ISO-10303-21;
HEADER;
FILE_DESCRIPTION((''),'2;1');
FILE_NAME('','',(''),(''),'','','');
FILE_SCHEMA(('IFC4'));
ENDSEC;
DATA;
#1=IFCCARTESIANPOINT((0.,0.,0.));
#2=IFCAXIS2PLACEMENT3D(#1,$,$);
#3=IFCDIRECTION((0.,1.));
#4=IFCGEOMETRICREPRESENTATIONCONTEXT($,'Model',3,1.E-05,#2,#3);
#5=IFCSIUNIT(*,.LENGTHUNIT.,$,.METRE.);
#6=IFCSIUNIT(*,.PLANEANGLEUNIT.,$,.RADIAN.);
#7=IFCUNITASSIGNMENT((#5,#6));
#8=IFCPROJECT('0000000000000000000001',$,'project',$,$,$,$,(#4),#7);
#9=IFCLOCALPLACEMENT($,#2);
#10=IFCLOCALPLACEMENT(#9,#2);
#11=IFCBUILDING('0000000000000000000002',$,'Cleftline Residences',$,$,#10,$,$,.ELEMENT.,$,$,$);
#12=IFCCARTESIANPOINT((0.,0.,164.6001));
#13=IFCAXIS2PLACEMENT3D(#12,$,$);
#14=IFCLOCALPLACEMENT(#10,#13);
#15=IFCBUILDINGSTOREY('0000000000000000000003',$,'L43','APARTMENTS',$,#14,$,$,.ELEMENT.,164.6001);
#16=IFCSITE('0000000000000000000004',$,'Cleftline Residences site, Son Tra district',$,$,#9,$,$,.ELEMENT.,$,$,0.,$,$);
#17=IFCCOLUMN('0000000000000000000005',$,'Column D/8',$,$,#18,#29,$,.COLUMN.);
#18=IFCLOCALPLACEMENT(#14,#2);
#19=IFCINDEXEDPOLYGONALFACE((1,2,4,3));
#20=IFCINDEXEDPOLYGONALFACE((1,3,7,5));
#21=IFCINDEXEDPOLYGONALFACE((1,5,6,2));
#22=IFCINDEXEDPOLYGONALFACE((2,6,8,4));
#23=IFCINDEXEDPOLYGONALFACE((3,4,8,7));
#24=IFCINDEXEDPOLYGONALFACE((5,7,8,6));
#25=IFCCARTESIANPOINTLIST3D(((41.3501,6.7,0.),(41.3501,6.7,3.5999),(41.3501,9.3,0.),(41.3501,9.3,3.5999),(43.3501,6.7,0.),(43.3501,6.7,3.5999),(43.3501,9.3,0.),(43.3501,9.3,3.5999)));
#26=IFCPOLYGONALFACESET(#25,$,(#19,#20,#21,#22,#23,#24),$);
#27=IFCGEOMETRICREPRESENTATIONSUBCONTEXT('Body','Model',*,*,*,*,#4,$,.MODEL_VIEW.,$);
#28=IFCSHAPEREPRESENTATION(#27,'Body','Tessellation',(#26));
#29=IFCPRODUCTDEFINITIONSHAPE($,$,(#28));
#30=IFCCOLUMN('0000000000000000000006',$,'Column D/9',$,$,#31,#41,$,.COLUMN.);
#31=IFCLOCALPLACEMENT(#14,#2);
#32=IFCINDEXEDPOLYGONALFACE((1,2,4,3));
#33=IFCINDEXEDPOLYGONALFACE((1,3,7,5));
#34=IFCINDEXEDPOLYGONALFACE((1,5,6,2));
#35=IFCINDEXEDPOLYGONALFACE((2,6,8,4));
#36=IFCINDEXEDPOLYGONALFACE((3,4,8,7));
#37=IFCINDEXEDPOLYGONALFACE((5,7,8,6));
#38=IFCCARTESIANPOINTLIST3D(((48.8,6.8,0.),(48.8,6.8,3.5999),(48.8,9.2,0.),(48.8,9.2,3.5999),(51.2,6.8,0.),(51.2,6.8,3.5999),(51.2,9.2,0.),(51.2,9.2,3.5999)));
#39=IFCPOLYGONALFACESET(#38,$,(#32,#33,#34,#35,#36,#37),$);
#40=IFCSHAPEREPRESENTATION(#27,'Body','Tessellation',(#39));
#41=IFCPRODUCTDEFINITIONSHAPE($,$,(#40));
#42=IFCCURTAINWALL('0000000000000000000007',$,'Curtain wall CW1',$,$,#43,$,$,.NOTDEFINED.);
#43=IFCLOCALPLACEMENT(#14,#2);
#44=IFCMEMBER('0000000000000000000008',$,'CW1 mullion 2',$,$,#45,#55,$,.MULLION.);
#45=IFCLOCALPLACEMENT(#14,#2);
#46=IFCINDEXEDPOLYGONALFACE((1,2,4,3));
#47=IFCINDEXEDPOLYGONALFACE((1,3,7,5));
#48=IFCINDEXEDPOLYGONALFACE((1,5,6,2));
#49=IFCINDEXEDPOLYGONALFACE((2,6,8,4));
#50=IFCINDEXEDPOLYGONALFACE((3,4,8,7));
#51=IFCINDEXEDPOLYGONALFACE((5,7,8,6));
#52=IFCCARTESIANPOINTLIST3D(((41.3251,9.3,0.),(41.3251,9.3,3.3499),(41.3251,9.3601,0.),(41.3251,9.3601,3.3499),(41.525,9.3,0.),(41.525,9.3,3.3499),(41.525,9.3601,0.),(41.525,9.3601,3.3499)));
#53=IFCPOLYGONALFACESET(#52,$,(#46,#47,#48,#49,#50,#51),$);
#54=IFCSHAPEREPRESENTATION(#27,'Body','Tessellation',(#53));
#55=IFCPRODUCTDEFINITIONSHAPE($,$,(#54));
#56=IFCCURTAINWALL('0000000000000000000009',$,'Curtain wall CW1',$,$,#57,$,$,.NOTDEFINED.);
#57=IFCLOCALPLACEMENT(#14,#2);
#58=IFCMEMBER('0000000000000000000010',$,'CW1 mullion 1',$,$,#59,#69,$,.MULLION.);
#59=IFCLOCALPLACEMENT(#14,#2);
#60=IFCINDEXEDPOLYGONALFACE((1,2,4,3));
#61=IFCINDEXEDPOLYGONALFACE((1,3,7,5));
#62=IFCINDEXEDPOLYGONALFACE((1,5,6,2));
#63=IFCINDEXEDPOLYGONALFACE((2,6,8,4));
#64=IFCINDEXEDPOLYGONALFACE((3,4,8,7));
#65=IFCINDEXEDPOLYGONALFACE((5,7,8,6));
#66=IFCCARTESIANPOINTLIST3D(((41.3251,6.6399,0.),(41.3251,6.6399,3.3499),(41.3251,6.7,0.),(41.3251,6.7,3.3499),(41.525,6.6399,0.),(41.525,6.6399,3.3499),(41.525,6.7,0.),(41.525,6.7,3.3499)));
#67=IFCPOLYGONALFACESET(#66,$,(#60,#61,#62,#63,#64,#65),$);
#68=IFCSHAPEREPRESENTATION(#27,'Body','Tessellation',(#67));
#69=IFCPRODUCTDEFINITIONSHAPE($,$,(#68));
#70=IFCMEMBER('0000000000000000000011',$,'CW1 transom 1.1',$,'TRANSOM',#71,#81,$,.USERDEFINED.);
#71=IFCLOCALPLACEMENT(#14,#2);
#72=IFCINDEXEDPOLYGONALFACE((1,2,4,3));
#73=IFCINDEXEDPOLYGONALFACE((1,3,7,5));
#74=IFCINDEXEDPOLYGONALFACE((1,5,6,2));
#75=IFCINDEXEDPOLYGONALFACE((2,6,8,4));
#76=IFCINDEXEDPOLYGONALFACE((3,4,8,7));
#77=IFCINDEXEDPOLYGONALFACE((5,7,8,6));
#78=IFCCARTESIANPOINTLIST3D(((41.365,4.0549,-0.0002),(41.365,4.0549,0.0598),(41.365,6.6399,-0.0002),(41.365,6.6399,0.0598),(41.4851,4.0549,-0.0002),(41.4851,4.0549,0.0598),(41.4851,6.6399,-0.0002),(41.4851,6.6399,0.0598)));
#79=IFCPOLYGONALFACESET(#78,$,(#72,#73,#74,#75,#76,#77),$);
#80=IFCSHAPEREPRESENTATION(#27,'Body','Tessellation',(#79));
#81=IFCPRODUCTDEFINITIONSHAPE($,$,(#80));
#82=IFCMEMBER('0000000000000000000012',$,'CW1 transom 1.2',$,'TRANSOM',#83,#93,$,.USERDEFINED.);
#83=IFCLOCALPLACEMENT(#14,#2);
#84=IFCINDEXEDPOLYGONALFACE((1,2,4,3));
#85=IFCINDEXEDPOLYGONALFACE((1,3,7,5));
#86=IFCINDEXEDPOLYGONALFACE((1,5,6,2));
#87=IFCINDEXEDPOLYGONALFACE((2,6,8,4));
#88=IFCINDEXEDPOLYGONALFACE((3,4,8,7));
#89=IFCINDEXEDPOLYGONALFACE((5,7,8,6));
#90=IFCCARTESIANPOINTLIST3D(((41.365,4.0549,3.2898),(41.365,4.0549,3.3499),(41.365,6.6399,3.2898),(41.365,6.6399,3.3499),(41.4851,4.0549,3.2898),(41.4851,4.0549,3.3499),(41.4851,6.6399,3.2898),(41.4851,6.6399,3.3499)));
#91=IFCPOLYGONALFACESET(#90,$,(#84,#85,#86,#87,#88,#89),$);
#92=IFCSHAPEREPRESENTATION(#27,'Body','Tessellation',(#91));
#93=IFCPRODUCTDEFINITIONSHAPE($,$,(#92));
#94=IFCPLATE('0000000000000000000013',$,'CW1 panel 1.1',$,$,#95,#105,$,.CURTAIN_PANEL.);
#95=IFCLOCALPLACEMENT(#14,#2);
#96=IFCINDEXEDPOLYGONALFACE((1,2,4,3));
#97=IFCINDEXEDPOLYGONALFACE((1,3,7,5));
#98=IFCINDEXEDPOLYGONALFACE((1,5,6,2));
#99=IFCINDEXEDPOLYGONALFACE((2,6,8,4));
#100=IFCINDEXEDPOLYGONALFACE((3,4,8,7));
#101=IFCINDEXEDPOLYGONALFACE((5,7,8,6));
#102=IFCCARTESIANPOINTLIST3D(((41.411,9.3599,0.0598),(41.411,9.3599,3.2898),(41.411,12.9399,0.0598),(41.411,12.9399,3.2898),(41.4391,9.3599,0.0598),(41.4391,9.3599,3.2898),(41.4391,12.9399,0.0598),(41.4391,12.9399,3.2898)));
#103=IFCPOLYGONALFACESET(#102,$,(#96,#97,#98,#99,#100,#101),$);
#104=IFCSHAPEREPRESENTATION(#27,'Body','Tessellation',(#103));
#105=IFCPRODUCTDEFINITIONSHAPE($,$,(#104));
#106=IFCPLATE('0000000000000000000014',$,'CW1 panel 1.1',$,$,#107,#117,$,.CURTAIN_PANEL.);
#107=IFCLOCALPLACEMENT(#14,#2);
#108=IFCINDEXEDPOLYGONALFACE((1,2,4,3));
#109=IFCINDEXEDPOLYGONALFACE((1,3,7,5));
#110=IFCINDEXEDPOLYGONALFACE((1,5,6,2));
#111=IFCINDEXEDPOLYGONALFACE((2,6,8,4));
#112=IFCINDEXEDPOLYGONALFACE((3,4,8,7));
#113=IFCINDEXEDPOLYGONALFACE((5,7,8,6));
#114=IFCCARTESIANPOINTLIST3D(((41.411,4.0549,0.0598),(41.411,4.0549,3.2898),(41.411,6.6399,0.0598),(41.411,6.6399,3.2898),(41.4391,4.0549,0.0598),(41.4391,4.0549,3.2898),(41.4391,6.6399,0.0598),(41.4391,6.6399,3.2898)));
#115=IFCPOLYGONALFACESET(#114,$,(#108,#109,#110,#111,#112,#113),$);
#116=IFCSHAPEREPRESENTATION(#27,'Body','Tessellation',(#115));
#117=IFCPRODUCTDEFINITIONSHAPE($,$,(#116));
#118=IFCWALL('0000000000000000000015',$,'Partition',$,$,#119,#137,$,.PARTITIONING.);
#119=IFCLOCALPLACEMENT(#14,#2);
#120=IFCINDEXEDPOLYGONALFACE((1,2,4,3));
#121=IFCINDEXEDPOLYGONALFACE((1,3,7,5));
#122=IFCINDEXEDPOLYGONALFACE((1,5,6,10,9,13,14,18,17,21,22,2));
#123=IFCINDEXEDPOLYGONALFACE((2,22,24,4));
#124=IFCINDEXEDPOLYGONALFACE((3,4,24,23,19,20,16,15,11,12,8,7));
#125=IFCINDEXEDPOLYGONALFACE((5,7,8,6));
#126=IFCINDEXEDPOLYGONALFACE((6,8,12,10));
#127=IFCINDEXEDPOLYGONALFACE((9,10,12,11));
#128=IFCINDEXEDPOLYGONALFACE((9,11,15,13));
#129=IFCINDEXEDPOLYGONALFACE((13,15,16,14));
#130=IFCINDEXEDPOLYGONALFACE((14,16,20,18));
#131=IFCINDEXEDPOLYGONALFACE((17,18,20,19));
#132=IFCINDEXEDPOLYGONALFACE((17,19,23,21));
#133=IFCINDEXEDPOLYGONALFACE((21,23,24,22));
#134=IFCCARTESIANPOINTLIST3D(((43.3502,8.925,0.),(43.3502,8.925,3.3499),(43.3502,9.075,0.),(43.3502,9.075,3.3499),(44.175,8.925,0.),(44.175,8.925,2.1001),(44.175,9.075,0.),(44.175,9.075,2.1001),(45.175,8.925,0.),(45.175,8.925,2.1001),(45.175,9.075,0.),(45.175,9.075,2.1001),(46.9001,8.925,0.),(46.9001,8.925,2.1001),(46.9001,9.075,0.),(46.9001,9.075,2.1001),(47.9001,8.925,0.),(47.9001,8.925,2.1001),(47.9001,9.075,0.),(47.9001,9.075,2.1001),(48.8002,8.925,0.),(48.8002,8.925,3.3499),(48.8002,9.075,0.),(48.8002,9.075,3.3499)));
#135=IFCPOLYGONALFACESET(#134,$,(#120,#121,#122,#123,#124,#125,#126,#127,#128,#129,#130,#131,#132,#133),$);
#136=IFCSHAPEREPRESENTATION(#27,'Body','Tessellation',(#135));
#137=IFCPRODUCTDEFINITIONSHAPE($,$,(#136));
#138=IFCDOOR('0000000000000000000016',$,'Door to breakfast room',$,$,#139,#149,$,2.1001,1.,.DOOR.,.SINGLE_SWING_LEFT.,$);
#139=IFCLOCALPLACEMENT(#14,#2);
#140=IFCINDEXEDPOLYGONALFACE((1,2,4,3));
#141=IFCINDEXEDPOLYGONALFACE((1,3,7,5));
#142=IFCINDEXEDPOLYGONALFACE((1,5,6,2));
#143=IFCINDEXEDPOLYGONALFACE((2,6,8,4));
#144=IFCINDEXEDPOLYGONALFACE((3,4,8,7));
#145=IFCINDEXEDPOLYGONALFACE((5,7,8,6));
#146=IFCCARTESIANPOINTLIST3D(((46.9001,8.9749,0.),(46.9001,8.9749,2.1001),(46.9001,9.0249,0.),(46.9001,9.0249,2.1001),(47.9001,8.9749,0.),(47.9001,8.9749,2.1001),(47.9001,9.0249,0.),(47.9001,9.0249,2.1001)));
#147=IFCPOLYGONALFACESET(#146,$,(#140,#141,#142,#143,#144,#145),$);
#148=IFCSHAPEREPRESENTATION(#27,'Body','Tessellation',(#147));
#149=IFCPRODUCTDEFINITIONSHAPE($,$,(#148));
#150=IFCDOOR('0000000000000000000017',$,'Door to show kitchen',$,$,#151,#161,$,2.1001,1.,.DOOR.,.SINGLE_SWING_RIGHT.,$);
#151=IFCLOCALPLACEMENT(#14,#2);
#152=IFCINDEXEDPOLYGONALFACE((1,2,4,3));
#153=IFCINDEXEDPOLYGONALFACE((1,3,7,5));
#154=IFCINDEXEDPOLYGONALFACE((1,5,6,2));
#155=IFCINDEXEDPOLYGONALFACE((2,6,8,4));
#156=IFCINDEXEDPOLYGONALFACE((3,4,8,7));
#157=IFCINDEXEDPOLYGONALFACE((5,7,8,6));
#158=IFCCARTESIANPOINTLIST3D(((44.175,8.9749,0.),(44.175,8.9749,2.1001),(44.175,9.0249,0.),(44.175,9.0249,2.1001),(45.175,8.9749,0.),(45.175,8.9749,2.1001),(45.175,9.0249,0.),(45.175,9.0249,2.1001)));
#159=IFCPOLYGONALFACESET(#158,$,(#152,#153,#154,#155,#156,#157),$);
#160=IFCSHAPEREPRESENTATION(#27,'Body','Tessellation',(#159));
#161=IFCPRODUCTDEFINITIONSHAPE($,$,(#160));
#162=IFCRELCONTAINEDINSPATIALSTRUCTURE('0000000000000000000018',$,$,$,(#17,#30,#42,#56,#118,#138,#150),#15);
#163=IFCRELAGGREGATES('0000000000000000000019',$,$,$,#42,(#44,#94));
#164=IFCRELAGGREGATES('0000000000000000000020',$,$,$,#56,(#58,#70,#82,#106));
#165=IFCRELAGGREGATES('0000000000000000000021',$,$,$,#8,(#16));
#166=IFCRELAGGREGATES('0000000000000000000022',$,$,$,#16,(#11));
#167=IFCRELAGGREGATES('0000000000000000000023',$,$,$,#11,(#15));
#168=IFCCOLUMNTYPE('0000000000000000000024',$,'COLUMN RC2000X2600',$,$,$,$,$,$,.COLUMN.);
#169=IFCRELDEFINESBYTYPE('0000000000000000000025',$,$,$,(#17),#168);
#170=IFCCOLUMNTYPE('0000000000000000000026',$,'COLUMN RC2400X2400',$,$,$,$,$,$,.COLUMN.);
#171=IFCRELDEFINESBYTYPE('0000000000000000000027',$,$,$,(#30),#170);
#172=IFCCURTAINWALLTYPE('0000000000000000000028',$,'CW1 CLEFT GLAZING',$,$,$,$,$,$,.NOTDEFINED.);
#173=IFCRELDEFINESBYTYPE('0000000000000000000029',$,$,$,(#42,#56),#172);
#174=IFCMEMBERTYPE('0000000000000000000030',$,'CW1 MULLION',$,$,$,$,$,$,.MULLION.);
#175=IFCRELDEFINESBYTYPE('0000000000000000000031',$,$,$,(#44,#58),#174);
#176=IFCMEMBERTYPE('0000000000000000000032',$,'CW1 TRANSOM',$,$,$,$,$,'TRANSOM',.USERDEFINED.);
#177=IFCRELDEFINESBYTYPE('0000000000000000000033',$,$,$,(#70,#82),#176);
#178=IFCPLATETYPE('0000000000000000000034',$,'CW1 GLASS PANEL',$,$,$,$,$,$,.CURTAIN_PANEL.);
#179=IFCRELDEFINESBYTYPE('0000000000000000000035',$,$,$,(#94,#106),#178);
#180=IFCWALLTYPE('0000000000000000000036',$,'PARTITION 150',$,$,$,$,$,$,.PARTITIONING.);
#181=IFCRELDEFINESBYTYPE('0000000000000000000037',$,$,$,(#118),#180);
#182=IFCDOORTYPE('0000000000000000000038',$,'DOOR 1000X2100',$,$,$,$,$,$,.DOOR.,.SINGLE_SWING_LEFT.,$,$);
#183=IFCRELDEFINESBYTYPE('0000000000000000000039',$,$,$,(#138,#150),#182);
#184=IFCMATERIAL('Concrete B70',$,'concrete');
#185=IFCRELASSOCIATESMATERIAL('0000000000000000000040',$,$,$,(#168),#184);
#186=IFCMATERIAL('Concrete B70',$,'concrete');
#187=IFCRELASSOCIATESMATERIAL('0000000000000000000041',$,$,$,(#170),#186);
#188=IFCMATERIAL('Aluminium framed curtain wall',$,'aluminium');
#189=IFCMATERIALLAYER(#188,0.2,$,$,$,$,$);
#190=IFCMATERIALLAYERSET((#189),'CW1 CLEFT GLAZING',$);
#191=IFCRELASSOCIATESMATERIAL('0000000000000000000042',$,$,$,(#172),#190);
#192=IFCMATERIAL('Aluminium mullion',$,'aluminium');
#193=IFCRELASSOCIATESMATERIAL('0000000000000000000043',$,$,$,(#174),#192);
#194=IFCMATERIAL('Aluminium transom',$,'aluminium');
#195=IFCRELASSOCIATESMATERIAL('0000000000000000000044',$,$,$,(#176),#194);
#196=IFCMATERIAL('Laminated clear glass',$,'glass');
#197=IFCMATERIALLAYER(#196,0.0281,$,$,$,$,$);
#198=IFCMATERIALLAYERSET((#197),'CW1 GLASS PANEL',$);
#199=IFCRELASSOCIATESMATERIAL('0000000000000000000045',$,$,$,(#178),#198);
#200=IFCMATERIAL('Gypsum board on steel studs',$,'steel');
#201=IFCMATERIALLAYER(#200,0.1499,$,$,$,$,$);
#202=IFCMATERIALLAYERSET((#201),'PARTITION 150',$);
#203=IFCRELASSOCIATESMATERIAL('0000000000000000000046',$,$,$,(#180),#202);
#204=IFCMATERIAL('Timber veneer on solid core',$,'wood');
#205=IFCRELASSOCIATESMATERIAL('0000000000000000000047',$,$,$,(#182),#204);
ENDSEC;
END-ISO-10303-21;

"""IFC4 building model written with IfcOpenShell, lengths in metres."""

from ifc_helpers import new_model, si_unit, direction, frame, frame_2d, origin, origin_2d, place, context, subcontext, project, spatial, rectangle, extrude, material, layer, layer_set, material_profile, profile_set, type_object, element, fill, aggregate, save


model = new_model("IFC4")

# Units and contexts
model_context = context("Model", 3, precision=1e-05, world=origin(), true_north=direction((0.0, 1.0)))
body_context = subcontext(model_context, "Body", "Model", "MODEL_VIEW")
ifc_project = project(units=[si_unit("LENGTHUNIT", "METRE"), si_unit("PLANEANGLEUNIT", "RADIAN")], contexts=[model_context])

# Site, building, storey
site_placement = place(None, origin())
site = spatial("IfcSite", under=ifc_project, at=site_placement, Name="Cleftline Residences site, Son Tra district", CompositionType="ELEMENT", RefElevation=0.0)
building_placement = place(site_placement, origin())
building = spatial("IfcBuilding", under=site, at=building_placement, Name="Cleftline Residences", CompositionType="ELEMENT")
storey_placement = place(building_placement, frame((0.0, 0.0, 164.6001)))
storey = spatial("IfcBuildingStorey", under=building, at=storey_placement, Name="L43", Description="APARTMENTS", CompositionType="ELEMENT", Elevation=164.6001)

# Columns
ifc_material_1 = material(Name="Concrete B70", Category="concrete")
ifc_material_profile_1 = material_profile(ifc_material_1, rectangle(XDim=2.0, YDim=2.6001, at=origin_2d()))
ifc_profile_set_1 = profile_set([ifc_material_profile_1], Name="Concrete B70")
column_type_1 = type_object("IfcColumnType", Name="COLUMN RC2000X2600", PredefinedType="COLUMN", material=ifc_profile_set_1)
column_1_placement = place(storey_placement, frame((42.3501, 8.0, 0.0), z_axis=(0.0, 0.0, 1.0), x_axis=(1.0, 0.0, 0.0)))
element("IfcColumn", 1, at=column_1_placement, inside=storey, type_object=column_type_1, Name="Column D/8", PredefinedType="COLUMN", context=body_context, shape_type="SweptSolid", body=[
    extrude(rectangle(XDim=2.0, YDim=2.6001, at=origin_2d()), origin(), (0.0, 0.0, 1.0), 3.5999),
])
ifc_material_2 = material(Name="Concrete B70", Category="concrete")
ifc_material_profile_2 = material_profile(ifc_material_2, rectangle(XDim=2.3999, YDim=2.3999, at=origin_2d()))
ifc_profile_set_2 = profile_set([ifc_material_profile_2], Name="Concrete B70")
column_type_2 = type_object("IfcColumnType", Name="COLUMN RC2400X2400", PredefinedType="COLUMN", material=ifc_profile_set_2)
column_2_placement = place(storey_placement, frame((50.0, 8.0, 0.0), z_axis=(0.0, 0.0, 1.0), x_axis=(1.0, 0.0, 0.0)))
element("IfcColumn", 2, at=column_2_placement, inside=storey, type_object=column_type_2, Name="Column D/9", PredefinedType="COLUMN", context=body_context, shape_type="SweptSolid", body=[
    extrude(rectangle(XDim=2.3999, YDim=2.3999, at=origin_2d()), origin(), (0.0, 0.0, 1.0), 3.5999),
])

# Curtain wall, member
ifc_material_3 = material(Name="Aluminium framed curtain wall", Category="aluminium")
ifc_layer_1 = layer(ifc_material_3, 0.2)
ifc_layer_set_1 = layer_set([ifc_layer_1], Name="CW1 CLEFT GLAZING")
curtain_wall_type = type_object("IfcCurtainWallType", Name="CW1 CLEFT GLAZING", PredefinedType="NOTDEFINED", material=ifc_layer_set_1)
curtain_wall_1_placement = place(storey_placement, origin())
curtain_wall_1 = element("IfcCurtainWall", 3, at=curtain_wall_1_placement, inside=storey, type_object=curtain_wall_type, Name="Curtain wall CW1", PredefinedType="NOTDEFINED")
ifc_material_4 = material(Name="Aluminium mullion", Category="aluminium")
ifc_material_profile_3 = material_profile(ifc_material_4, rectangle(XDim=0.2, YDim=0.0601, at=origin_2d()))
ifc_profile_set_3 = profile_set([ifc_material_profile_3], Name="Aluminium mullion")
member_type_1 = type_object("IfcMemberType", Name="CW1 MULLION", PredefinedType="MULLION", material=ifc_profile_set_3)
member_1_placement = place(storey_placement, frame((41.425, 9.3301, 0.0), z_axis=(0.0, 0.0, 1.0), x_axis=(1.0, 0.0, 0.0)))
member_1 = element("IfcMember", 4, at=member_1_placement, type_object=member_type_1, Name="CW1 mullion 2", PredefinedType="MULLION", context=body_context, shape_type="SweptSolid", body=[
    extrude(rectangle(XDim=0.2, YDim=0.0601, at=origin_2d()), origin(), (0.0, 0.0, 1.0), 3.3499),
])

# Curtain wall, members
curtain_wall_2_placement = place(storey_placement, origin())
curtain_wall_2 = element("IfcCurtainWall", 5, at=curtain_wall_2_placement, inside=storey, type_object=curtain_wall_type, Name="Curtain wall CW1", PredefinedType="NOTDEFINED")
member_2_placement = place(storey_placement, frame((41.425, 6.6699, 0.0), z_axis=(0.0, 0.0, 1.0), x_axis=(1.0, 0.0, 0.0)))
member_2 = element("IfcMember", 6, at=member_2_placement, type_object=member_type_1, Name="CW1 mullion 1", PredefinedType="MULLION", context=body_context, shape_type="SweptSolid", body=[
    extrude(rectangle(XDim=0.2, YDim=0.0601, at=origin_2d()), origin(), (0.0, 0.0, 1.0), 3.3499),
])
ifc_material_5 = material(Name="Aluminium transom", Category="aluminium")
ifc_material_profile_4 = material_profile(ifc_material_5, rectangle(XDim=0.1201, YDim=0.0601, at=origin_2d()))
ifc_profile_set_4 = profile_set([ifc_material_profile_4], Name="Aluminium transom")
member_type_2 = type_object("IfcMemberType", Name="CW1 TRANSOM", ElementType="TRANSOM", PredefinedType="USERDEFINED", material=ifc_profile_set_4)
member_3_placement = place(storey_placement, frame((41.425, 6.6399, 0.0298), z_axis=(0.0, -1.0, 0.0), x_axis=(1.0, 0.0, 0.0)))
member_3 = element("IfcMember", 7, at=member_3_placement, type_object=member_type_2, Name="CW1 transom 1.1", ObjectType="TRANSOM", PredefinedType="USERDEFINED", context=body_context, shape_type="SweptSolid", body=[
    extrude(rectangle(XDim=0.1201, YDim=0.0601, at=origin_2d()), origin(), (0.0, 0.0, 1.0), 2.585),
])
member_4_placement = place(storey_placement, frame((41.425, 6.6399, 3.3198), z_axis=(0.0, -1.0, 0.0), x_axis=(1.0, 0.0, 0.0)))
member_4 = element("IfcMember", 8, at=member_4_placement, type_object=member_type_2, Name="CW1 transom 1.2", ObjectType="TRANSOM", PredefinedType="USERDEFINED", context=body_context, shape_type="SweptSolid", body=[
    extrude(rectangle(XDim=0.1201, YDim=0.0601, at=origin_2d()), origin(), (0.0, 0.0, 1.0), 2.585),
])

# Plates
ifc_material_6 = material(Name="Laminated clear glass", Category="glass")
ifc_layer_2 = layer(ifc_material_6, 0.0281)
ifc_layer_set_2 = layer_set([ifc_layer_2], Name="CW1 GLASS PANEL")
plate_type = type_object("IfcPlateType", Name="CW1 GLASS PANEL", PredefinedType="CURTAIN_PANEL", material=ifc_layer_set_2)
plate_1_placement = place(storey_placement, frame((41.425, 11.1499, 0.0598), z_axis=(0.0, 0.0, 1.0), x_axis=(0.0, -1.0, 0.0)))
plate_1 = element("IfcPlate", 9, at=plate_1_placement, type_object=plate_type, Name="CW1 panel 1.1", PredefinedType="CURTAIN_PANEL", context=body_context, shape_type="SweptSolid", body=[
    extrude(rectangle(XDim=3.5801, YDim=0.0281, at=origin_2d()), origin(), (0.0, 0.0, 1.0), 3.23),
])
aggregate(curtain_wall_1, [member_1, plate_1])
plate_2_placement = place(storey_placement, frame((41.425, 5.3474, 0.0598), z_axis=(0.0, 0.0, 1.0), x_axis=(0.0, -1.0, 0.0)))
plate_2 = element("IfcPlate", 10, at=plate_2_placement, type_object=plate_type, Name="CW1 panel 1.1", PredefinedType="CURTAIN_PANEL", context=body_context, shape_type="SweptSolid", body=[
    extrude(rectangle(XDim=2.585, YDim=0.0281, at=origin_2d()), origin(), (0.0, 0.0, 1.0), 3.23),
])
aggregate(curtain_wall_2, [member_2, member_3, member_4, plate_2])

# Wall, openings, doors
ifc_material_7 = material(Name="Gypsum board on steel studs", Category="steel")
ifc_layer_3 = layer(ifc_material_7, 0.1499)
ifc_layer_set_3 = layer_set([ifc_layer_3], Name="PARTITION 150")
wall_type = type_object("IfcWallType", Name="PARTITION 150", PredefinedType="PARTITIONING", material=ifc_layer_set_3)
wall_1_placement = place(storey_placement, frame((43.3501, 9.0, 0.0), z_axis=(0.0, 0.0, 1.0), x_axis=(1.0, 0.0, 0.0)))
wall_1 = element("IfcWall", 11, at=wall_1_placement, inside=storey, type_object=wall_type, Name="Partition", PredefinedType="PARTITIONING", context=body_context, shape_type="SweptSolid", body=[
    extrude(rectangle(XDim=5.45, YDim=0.1499, at=frame_2d((2.7251, 0.0))), origin(), (0.0, 0.0, 1.0), 3.3499),
])
opening_1_placement = place(wall_1_placement, frame((3.55, 0.0, 0.0)))
opening_1 = element("IfcOpeningElement", 12, at=opening_1_placement, cuts=wall_1, PredefinedType="OPENING", context=body_context, shape_type="SweptSolid", body=[
    extrude(rectangle(XDim=1.0, YDim=2.1001, at=frame_2d((0.5, 1.05))), frame((0.0, 0.085, 0.0), z_axis=(0.0, -1.0, 0.0), x_axis=(1.0, 0.0, 0.0)), (0.0, 0.0, 1.0), 0.1699),
])
opening_2_placement = place(wall_1_placement, frame((0.825, 0.0, 0.0)))
opening_2 = element("IfcOpeningElement", 13, at=opening_2_placement, cuts=wall_1, PredefinedType="OPENING", context=body_context, shape_type="SweptSolid", body=[
    extrude(rectangle(XDim=1.0, YDim=2.1001, at=frame_2d((0.5, 1.05))), frame((0.0, 0.085, 0.0), z_axis=(0.0, -1.0, 0.0), x_axis=(1.0, 0.0, 0.0)), (0.0, 0.0, 1.0), 0.1699),
])
ifc_material_8 = material(Name="Timber veneer on solid core", Category="wood")
door_type_1 = type_object("IfcDoorType", Name="DOOR 1000X2100", OperationType="SINGLE_SWING_LEFT", PredefinedType="DOOR", material=ifc_material_8)
door_1_placement = place(opening_1_placement, origin())
door_1 = element("IfcDoor", 14, at=door_1_placement, inside=storey, type_object=door_type_1, Name="Door to breakfast room", OperationType="SINGLE_SWING_LEFT", OverallHeight=2.1001, OverallWidth=1.0, PredefinedType="DOOR", context=body_context, shape_type="SweptSolid", body=[
    extrude(rectangle(XDim=1.0, YDim=2.1001, at=frame_2d((0.5, 1.05))), frame((0.0, 0.0249, 0.0), z_axis=(0.0, -1.0, 0.0), x_axis=(1.0, 0.0, 0.0)), (0.0, 0.0, 1.0), 0.05),
])
fill(opening_1, door_1)
door_2_placement = place(opening_2_placement, origin())
door_2 = element("IfcDoor", 15, at=door_2_placement, inside=storey, type_object=door_type_1, Name="Door to show kitchen", OperationType="SINGLE_SWING_RIGHT", OverallHeight=2.1001, OverallWidth=1.0, PredefinedType="DOOR", context=body_context, shape_type="SweptSolid", body=[
    extrude(rectangle(XDim=1.0, YDim=2.1001, at=frame_2d((0.5, 1.05))), frame((0.0, 0.0249, 0.0), z_axis=(0.0, -1.0, 0.0), x_axis=(1.0, 0.0, 0.0)), (0.0, 0.0, 1.0), 0.05),
])
fill(opening_2, door_2)

save(model, "model.ifc")
